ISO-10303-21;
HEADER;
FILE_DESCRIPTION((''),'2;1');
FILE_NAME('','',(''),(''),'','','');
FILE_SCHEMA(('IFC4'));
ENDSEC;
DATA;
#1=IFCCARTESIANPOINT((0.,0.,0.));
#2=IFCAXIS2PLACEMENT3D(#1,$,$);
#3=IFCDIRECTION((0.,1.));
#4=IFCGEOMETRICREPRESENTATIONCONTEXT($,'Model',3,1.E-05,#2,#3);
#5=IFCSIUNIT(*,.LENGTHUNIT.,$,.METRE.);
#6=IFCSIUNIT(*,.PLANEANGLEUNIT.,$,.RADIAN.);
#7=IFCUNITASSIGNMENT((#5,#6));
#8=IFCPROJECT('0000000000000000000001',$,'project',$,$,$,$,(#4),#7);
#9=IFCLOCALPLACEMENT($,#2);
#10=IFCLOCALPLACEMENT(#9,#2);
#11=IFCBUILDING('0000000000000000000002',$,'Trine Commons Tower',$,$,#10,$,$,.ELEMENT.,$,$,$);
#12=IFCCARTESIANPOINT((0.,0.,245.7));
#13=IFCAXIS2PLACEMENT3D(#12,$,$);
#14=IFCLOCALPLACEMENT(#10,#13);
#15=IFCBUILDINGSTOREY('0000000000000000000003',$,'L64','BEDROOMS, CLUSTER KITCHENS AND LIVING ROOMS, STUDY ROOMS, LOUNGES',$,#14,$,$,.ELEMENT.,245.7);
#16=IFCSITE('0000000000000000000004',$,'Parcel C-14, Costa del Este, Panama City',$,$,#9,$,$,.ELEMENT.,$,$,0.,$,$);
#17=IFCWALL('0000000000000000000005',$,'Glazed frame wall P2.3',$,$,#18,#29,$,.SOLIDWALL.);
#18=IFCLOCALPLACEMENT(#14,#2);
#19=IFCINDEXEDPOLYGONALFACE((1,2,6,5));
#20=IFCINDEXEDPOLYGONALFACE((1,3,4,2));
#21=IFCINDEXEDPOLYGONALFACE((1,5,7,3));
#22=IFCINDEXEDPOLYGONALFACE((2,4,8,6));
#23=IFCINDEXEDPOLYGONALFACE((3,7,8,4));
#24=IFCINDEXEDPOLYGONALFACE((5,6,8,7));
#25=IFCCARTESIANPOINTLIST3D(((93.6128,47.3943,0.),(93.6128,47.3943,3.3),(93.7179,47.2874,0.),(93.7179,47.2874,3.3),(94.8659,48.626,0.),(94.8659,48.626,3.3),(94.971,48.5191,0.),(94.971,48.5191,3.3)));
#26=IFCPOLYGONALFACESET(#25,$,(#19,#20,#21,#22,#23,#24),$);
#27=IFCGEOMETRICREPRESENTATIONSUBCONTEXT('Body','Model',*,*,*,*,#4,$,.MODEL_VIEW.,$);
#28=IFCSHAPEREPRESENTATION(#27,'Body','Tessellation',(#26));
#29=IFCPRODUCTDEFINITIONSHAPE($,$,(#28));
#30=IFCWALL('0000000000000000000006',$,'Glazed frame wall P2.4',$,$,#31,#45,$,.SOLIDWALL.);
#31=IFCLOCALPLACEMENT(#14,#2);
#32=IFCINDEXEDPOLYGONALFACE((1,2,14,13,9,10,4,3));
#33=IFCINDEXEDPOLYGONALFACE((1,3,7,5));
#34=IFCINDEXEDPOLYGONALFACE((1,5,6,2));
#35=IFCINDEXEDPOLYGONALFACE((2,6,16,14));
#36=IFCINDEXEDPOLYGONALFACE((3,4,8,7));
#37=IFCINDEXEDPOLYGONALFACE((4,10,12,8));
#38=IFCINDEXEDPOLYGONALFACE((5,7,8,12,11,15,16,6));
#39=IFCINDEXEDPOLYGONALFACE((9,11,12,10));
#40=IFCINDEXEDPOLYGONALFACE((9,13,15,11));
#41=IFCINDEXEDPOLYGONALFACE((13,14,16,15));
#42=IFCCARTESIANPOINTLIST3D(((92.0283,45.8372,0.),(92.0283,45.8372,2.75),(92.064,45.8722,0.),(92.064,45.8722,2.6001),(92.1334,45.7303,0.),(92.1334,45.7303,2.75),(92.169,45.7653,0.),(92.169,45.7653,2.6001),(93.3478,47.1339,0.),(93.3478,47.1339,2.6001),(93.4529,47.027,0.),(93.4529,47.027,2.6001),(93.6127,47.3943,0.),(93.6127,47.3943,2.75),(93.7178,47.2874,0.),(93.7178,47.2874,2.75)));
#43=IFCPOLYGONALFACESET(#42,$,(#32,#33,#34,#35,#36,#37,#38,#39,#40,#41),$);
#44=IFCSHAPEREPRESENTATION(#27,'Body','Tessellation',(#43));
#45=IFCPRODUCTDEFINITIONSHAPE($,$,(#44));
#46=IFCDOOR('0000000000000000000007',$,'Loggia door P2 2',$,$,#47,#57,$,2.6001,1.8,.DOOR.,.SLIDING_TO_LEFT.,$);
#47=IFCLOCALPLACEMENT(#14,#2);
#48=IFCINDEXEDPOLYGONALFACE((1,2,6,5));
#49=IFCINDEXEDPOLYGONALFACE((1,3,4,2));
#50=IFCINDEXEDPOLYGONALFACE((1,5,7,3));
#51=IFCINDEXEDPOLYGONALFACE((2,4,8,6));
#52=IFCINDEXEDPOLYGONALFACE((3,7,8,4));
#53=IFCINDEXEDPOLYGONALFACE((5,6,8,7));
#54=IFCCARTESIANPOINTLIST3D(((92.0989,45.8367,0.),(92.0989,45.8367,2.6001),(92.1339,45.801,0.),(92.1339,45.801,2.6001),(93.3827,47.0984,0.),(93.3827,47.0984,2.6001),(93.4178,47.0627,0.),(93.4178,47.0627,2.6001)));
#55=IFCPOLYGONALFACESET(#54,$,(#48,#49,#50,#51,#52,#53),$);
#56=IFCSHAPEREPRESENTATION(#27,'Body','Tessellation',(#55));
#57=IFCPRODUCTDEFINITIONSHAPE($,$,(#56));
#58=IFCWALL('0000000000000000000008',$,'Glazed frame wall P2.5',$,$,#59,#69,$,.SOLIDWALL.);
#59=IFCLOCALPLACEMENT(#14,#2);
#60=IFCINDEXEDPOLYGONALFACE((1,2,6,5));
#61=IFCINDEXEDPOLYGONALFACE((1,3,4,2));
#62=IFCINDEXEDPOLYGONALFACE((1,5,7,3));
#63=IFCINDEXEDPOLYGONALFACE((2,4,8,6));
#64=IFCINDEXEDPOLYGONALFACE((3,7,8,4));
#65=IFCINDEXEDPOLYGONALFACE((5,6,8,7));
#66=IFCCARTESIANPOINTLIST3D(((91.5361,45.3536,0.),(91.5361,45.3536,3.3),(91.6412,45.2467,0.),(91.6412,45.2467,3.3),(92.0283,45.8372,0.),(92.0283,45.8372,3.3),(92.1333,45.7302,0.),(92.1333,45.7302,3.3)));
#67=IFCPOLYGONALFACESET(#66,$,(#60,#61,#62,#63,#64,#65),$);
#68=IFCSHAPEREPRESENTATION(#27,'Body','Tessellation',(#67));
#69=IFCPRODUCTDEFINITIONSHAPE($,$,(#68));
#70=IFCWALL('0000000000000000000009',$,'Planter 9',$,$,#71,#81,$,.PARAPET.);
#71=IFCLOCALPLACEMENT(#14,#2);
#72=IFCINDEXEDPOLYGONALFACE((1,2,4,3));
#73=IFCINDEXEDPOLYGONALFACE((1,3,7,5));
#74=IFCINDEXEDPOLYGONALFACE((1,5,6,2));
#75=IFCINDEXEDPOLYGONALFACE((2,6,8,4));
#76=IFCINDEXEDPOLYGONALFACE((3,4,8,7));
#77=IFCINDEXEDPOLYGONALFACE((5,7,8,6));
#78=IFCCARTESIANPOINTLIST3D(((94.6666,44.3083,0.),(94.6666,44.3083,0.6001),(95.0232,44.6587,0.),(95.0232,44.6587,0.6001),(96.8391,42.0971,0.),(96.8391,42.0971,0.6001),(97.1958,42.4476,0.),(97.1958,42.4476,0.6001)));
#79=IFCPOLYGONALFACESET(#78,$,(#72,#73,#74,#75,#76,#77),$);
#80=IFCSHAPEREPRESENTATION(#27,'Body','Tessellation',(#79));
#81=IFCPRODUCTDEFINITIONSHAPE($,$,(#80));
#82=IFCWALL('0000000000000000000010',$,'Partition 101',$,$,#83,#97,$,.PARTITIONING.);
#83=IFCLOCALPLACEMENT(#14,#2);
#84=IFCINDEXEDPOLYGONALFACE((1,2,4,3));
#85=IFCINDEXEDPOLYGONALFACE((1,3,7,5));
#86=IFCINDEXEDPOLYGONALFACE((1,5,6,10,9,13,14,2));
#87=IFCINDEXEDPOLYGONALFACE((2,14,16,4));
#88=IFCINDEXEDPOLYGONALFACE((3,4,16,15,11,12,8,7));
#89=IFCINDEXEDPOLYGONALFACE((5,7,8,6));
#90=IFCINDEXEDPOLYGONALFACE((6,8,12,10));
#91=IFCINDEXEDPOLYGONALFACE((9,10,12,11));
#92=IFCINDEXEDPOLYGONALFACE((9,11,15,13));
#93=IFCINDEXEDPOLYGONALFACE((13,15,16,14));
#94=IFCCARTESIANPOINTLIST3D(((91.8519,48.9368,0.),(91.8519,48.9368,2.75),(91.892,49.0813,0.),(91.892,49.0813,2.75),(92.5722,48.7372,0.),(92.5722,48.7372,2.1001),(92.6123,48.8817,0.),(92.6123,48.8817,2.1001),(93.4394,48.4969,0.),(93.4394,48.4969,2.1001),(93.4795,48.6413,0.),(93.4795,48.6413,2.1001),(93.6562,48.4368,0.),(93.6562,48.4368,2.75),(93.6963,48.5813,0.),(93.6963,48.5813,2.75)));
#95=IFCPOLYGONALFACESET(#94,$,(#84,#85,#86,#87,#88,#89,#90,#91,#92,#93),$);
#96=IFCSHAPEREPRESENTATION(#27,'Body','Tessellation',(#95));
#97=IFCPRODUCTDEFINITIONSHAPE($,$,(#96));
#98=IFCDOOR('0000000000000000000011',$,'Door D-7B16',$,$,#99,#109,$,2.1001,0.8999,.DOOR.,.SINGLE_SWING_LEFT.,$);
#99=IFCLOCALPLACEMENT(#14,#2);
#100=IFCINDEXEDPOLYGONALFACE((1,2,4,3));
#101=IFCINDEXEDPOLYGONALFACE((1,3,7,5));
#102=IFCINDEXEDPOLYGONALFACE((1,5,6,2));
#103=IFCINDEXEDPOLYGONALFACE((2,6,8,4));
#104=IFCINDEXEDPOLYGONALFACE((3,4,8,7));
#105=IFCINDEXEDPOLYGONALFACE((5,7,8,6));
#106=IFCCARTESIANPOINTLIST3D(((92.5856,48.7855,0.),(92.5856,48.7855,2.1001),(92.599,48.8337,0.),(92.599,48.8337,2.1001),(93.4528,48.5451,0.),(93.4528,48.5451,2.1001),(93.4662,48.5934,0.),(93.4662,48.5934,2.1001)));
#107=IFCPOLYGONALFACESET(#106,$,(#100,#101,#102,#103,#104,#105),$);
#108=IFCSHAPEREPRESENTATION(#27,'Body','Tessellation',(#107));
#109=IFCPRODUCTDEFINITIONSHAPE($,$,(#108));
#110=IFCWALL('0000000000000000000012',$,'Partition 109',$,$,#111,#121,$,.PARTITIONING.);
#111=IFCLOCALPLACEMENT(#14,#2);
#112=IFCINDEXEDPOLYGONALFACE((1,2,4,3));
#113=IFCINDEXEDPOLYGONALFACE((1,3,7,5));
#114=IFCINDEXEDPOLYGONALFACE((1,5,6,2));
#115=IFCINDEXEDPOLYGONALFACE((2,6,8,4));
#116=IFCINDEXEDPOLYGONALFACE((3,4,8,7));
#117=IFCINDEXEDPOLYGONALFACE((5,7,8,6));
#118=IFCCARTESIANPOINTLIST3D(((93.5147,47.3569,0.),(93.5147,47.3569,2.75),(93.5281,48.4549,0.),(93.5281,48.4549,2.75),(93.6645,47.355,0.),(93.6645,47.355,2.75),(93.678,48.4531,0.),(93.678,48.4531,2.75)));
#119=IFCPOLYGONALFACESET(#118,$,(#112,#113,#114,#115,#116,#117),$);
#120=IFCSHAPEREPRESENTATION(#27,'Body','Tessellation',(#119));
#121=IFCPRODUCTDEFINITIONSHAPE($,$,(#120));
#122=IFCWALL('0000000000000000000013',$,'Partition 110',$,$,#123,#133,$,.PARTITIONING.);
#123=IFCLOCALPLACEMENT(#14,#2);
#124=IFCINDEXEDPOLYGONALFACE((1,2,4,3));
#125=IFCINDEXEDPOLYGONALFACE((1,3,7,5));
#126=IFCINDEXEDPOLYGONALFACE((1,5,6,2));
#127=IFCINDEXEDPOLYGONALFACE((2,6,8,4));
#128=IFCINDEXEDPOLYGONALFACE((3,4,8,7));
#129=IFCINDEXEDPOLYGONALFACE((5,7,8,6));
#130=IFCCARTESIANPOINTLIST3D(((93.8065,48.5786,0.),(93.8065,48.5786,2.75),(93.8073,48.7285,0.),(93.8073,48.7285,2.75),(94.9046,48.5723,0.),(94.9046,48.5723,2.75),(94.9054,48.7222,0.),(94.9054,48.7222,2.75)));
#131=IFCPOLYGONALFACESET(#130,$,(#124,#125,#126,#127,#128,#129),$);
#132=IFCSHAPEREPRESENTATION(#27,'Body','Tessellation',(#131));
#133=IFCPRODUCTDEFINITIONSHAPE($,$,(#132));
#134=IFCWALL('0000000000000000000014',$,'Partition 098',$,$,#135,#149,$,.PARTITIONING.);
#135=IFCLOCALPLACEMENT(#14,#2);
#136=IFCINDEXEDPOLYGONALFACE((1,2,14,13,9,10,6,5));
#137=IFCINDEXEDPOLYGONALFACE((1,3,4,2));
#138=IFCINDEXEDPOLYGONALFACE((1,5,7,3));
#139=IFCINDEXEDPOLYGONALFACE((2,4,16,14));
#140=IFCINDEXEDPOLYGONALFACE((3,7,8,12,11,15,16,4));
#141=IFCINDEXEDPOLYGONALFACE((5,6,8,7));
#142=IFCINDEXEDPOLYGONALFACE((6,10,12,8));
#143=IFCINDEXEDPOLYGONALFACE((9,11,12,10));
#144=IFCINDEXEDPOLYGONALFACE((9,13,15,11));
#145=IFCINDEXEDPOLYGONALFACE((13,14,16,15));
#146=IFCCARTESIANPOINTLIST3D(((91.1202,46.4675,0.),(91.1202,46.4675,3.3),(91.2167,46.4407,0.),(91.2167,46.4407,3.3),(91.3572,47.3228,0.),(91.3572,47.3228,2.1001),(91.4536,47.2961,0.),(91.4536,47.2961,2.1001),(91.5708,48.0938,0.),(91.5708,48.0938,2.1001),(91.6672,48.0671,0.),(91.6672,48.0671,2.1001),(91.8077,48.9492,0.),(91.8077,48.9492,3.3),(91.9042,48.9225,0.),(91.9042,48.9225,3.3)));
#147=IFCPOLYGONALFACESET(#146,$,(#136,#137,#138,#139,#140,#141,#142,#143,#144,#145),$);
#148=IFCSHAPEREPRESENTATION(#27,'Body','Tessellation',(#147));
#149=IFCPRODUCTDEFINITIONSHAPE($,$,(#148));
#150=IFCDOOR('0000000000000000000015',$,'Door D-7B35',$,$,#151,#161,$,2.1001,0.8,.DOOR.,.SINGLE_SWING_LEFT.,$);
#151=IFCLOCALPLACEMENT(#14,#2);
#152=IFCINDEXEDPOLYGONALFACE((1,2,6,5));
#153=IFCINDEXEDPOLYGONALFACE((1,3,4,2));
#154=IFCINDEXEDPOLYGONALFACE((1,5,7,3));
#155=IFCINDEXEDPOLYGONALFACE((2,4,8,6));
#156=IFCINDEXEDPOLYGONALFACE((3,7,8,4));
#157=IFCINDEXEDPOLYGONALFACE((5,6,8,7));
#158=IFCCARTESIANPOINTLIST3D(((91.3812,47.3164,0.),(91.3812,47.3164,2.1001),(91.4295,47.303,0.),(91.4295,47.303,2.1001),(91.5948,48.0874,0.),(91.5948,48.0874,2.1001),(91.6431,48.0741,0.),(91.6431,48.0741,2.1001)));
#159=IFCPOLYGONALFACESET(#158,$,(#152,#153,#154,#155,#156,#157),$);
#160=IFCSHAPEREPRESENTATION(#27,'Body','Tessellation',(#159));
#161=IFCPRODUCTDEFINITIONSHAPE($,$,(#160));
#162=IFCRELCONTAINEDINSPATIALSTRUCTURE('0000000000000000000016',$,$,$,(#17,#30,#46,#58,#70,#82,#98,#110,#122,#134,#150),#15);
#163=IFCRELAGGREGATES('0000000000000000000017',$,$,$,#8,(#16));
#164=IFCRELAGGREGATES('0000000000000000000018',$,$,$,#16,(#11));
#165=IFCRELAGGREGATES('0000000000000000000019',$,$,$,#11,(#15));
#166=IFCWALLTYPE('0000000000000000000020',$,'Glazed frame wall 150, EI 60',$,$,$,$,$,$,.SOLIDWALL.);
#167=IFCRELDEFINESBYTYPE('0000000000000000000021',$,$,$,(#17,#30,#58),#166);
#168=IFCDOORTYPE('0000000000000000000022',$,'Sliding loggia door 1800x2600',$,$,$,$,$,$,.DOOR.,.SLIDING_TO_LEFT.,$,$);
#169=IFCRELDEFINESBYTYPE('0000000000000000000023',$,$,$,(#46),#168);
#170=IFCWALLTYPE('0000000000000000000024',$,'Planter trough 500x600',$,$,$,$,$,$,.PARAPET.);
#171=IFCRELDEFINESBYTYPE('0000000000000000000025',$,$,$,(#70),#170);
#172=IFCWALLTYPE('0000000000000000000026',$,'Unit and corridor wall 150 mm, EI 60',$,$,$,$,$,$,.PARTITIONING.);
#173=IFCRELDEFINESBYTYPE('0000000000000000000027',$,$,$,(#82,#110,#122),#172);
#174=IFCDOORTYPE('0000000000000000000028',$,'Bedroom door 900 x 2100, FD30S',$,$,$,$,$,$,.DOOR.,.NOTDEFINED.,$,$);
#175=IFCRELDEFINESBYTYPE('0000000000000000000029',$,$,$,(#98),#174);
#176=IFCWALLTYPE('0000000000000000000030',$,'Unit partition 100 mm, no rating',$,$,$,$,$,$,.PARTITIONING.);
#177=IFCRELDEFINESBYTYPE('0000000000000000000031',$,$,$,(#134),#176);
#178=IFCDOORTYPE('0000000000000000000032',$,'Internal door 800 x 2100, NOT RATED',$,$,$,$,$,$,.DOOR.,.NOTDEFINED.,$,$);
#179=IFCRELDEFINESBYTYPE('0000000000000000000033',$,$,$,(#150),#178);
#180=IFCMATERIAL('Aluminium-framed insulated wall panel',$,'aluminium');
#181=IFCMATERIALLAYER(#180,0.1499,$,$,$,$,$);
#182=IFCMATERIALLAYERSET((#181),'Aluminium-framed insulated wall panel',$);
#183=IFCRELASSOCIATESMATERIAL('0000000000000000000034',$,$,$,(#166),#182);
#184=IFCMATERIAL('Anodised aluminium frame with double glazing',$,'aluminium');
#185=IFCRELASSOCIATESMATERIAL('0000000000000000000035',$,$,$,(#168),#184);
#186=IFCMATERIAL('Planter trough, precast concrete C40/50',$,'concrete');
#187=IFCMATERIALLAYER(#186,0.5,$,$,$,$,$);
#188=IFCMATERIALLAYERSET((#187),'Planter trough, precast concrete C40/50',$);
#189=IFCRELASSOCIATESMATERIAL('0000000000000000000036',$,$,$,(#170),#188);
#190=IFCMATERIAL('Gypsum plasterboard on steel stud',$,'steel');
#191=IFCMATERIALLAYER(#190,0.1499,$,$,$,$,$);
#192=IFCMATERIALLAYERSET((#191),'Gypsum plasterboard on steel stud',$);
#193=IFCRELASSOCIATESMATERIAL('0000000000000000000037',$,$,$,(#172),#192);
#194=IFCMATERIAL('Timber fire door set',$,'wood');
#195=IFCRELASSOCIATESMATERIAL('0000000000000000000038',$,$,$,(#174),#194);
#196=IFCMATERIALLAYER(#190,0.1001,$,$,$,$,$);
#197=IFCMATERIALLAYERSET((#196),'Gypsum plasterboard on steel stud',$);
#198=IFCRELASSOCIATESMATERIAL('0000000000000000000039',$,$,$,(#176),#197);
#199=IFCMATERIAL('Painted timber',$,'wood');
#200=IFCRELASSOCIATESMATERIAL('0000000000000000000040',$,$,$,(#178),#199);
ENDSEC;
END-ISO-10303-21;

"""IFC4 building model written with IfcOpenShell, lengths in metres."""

from ifc_helpers import new_model, si_unit, direction, frame, frame_2d, origin, place, context, subcontext, project, spatial, polyline, rectangle, outline, extrude, material, layer, layer_set, type_object, element, fill, save


model = new_model("IFC4")

# Units and contexts
model_context = context("Model", 3, precision=1e-05, world=origin(), true_north=direction((0.0, 1.0)))
body_context = subcontext(model_context, "Body", "Model", "MODEL_VIEW")
ifc_project = project(units=[si_unit("LENGTHUNIT", "METRE"), si_unit("PLANEANGLEUNIT", "RADIAN")], contexts=[model_context])

# Site, building, storey
site_placement = place(None, origin())
site = spatial("IfcSite", under=ifc_project, at=site_placement, Name="Parcel C-14, Costa del Este, Panama City", CompositionType="ELEMENT", RefElevation=0.0)
building_placement = place(site_placement, origin())
building = spatial("IfcBuilding", under=site, at=building_placement, Name="Trine Commons Tower", CompositionType="ELEMENT")
storey_placement = place(building_placement, frame((0.0, 0.0, 245.7)))
storey = spatial("IfcBuildingStorey", under=building, at=storey_placement, Name="L64", Description="BEDROOMS, CLUSTER KITCHENS AND LIVING ROOMS, STUDY ROOMS, LOUNGES", CompositionType="ELEMENT", Elevation=245.7)

# Wall
ifc_material_1 = material(Name="Aluminium-framed insulated wall panel", Category="aluminium")
ifc_layer_1 = layer(ifc_material_1, 0.1499)
ifc_layer_set_1 = layer_set([ifc_layer_1], Name="Aluminium-framed insulated wall panel")
wall_type_1 = type_object("IfcWallType", Name="Glazed frame wall 150, EI 60", PredefinedType="SOLIDWALL", material=ifc_layer_set_1)
wall_1_placement = place(storey_placement, frame((94.9185, 48.5725, 0.0), z_axis=(0.0, 0.0, 1.0), x_axis=(-0.713194, -0.700967, 0.0)))
element("IfcWall", 1, at=wall_1_placement, inside=storey, type_object=wall_type_1, Name="Glazed frame wall P2.3", PredefinedType="SOLIDWALL", context=body_context, shape_type="SweptSolid", body=[
    extrude(outline(polyline([(0.0, -0.075), (1.7571, -0.075), (1.7571, 0.075), (0.0, 0.075), (0.0, -0.075)])), origin(), (0.0, 0.0, 1.0), 3.3),
])

# Wall, opening, door
wall_2_placement = place(storey_placement, frame((93.6653, 47.3408, 0.0), z_axis=(0.0, 0.0, 1.0), x_axis=(-0.713234, -0.700926, 0.0)))
wall_2 = element("IfcWall", 2, at=wall_2_placement, inside=storey, type_object=wall_type_1, Name="Glazed frame wall P2.4", PredefinedType="SOLIDWALL", context=body_context, shape_type="SweptSolid", body=[
    extrude(outline(polyline([(0.0, -0.075), (2.2214, -0.075), (2.2214, 0.075), (0.0, 0.075), (0.0, -0.075)])), origin(), (0.0, 0.0, 1.0), 2.75),
])
opening_1_placement = place(wall_2_placement, frame((0.3716, 0.0, 0.0)))
opening_1 = element("IfcOpeningElement", 3, at=opening_1_placement, cuts=wall_2, PredefinedType="OPENING", context=body_context, shape_type="SweptSolid", body=[
    extrude(rectangle(XDim=1.8, YDim=2.6001, at=frame_2d((0.8999, 1.3))), frame((0.0, 0.085, 0.0), z_axis=(0.0, -1.0, 0.0), x_axis=(1.0, 0.0, 0.0)), (0.0, 0.0, 1.0), 0.1699),
])
ifc_material_2 = material(Name="Anodised aluminium frame with double glazing", Category="aluminium")
door_type_1 = type_object("IfcDoorType", Name="Sliding loggia door 1800x2600", OperationType="SLIDING_TO_LEFT", PredefinedType="DOOR", material=ifc_material_2)
door_1_placement = place(opening_1_placement, origin())
door_1 = element("IfcDoor", 4, at=door_1_placement, inside=storey, type_object=door_type_1, Name="Loggia door P2 2", OperationType="SLIDING_TO_LEFT", OverallHeight=2.6001, OverallWidth=1.8, PredefinedType="DOOR", context=body_context, shape_type="SweptSolid", body=[
    extrude(rectangle(XDim=1.8, YDim=2.6001, at=frame_2d((0.8999, 1.3))), frame((0.0, 0.0249, 0.0), z_axis=(0.0, -1.0, 0.0), x_axis=(1.0, 0.0, 0.0)), (0.0, 0.0, 1.0), 0.05),
])
fill(opening_1, door_1)

# Wall
wall_3_placement = place(storey_placement, frame((92.0808, 45.7837, 0.0), z_axis=(0.0, 0.0, 1.0), x_axis=(-0.713334, -0.700824, 0.0)))
element("IfcWall", 5, at=wall_3_placement, inside=storey, type_object=wall_type_1, Name="Glazed frame wall P2.5", PredefinedType="SOLIDWALL", context=body_context, shape_type="SweptSolid", body=[
    extrude(outline(polyline([(0.6899, 0.075), (0.0, 0.075), (0.0, -0.075), (0.6899, -0.075), (0.6899, 0.075)])), origin(), (0.0, 0.0, 1.0), 3.3),
])

# Wall
ifc_material_3 = material(Name="Planter trough, precast concrete C40/50", Category="concrete")
ifc_layer_2 = layer(ifc_material_3, 0.5)
ifc_layer_set_2 = layer_set([ifc_layer_2], Name="Planter trough, precast concrete C40/50")
wall_type_2 = type_object("IfcWallType", Name="Planter trough 500x600", PredefinedType="PARAPET", material=ifc_layer_set_2)
wall_4_placement = place(storey_placement, frame((94.845, 44.4834, 0.0), z_axis=(0.0, 0.0, 1.0), x_axis=(0.700858, -0.713301, 0.0)))
element("IfcWall", 6, at=wall_4_placement, inside=storey, type_object=wall_type_2, Name="Planter 9", PredefinedType="PARAPET", context=body_context, shape_type="SweptSolid", body=[
    extrude(rectangle(XDim=3.0999, YDim=0.5, at=frame_2d((1.5498, 0.0))), origin(), (0.0, 0.0, 1.0), 0.6001),
])

# Wall, opening, door
ifc_material_4 = material(Name="Gypsum plasterboard on steel stud", Category="steel")
ifc_layer_3 = layer(ifc_material_4, 0.1499)
ifc_layer_set_3 = layer_set([ifc_layer_3], Name="Gypsum plasterboard on steel stud")
wall_type_3 = type_object("IfcWallType", Name="Unit and corridor wall 150 mm, EI 60", PredefinedType="PARTITIONING", material=ifc_layer_set_3)
wall_5_placement = place(storey_placement, frame((91.8721, 49.009, 0.0), z_axis=(0.0, 0.0, 1.0), x_axis=(0.963678, -0.267065, 0.0)))
wall_5 = element("IfcWall", 7, at=wall_5_placement, inside=storey, type_object=wall_type_3, Name="Partition 101", PredefinedType="PARTITIONING", context=body_context, shape_type="SweptSolid", body=[
    extrude(rectangle(XDim=1.8723, YDim=0.1499, at=frame_2d((0.936, 0.0))), origin(), (0.0, 0.0, 1.0), 2.75),
])
opening_2_placement = place(wall_5_placement, frame((0.7473, 0.0, 0.0)))
opening_2 = element("IfcOpeningElement", 8, at=opening_2_placement, cuts=wall_5, PredefinedType="OPENING", context=body_context, shape_type="SweptSolid", body=[
    extrude(rectangle(XDim=0.8999, YDim=2.1001, at=frame_2d((0.45, 1.05))), frame((0.0, 0.085, 0.0), z_axis=(0.0, -1.0, 0.0), x_axis=(1.0, 0.0, 0.0)), (0.0, 0.0, 1.0), 0.1699),
])
ifc_material_5 = material(Name="Timber fire door set", Category="wood")
door_type_2 = type_object("IfcDoorType", Name="Bedroom door 900 x 2100, FD30S", OperationType="NOTDEFINED", PredefinedType="DOOR", material=ifc_material_5)
door_2_placement = place(opening_2_placement, frame((0.8999, 0.0, 0.0), z_axis=(0.0, 0.0, 1.0), x_axis=(-1.0, 0.0, 0.0)))
door_2 = element("IfcDoor", 9, at=door_2_placement, inside=storey, type_object=door_type_2, Name="Door D-7B16", OperationType="SINGLE_SWING_LEFT", OverallHeight=2.1001, OverallWidth=0.8999, PredefinedType="DOOR", context=body_context, shape_type="SweptSolid", body=[
    extrude(rectangle(XDim=0.8999, YDim=2.1001, at=frame_2d((0.45, 1.05))), frame((0.0, 0.0249, 0.0), z_axis=(0.0, -1.0, 0.0), x_axis=(1.0, 0.0, 0.0)), (0.0, 0.0, 1.0), 0.05),
])
fill(opening_2, door_2)

# Walls
for number, where, z_axis, x_axis, name in (
    (10, (93.5896, 47.356, 0.0), (0.0, 0.0, 1.0), (0.012227, 0.999925, 0.0), "Partition 109"),
    (11, (93.8069, 48.6536, 0.0), (0.0, 0.0, 1.0), (0.999983, -0.00578, 0.0), "Partition 110"),
):
    element("IfcWall", number, at=place(storey_placement, frame(where, z_axis=z_axis, x_axis=x_axis)), inside=storey, type_object=wall_type_3, Name=name, PredefinedType="PARTITIONING", context=body_context, shape_type="SweptSolid", body=[
        extrude(rectangle(XDim=1.0981, YDim=0.1499, at=frame_2d((0.5491, 0.0))), origin(), (0.0, 0.0, 1.0), 2.75),
    ])

# Wall, opening, door
ifc_layer_4 = layer(ifc_material_4, 0.1001)
ifc_layer_set_4 = layer_set([ifc_layer_4], Name="Gypsum plasterboard on steel stud")
wall_type_4 = type_object("IfcWallType", Name="Unit partition 100 mm, no rating", PredefinedType="PARTITIONING", material=ifc_layer_set_4)
wall_6_placement = place(storey_placement, frame((91.1685, 46.4541, 0.0), z_axis=(0.0, 0.0, 1.0), x_axis=(0.266974, 0.963704, 0.0)))
wall_6 = element("IfcWall", 12, at=wall_6_placement, inside=storey, type_object=wall_type_4, Name="Partition 098", PredefinedType="PARTITIONING", context=body_context, shape_type="SweptSolid", body=[
    extrude(rectangle(XDim=2.5752, YDim=0.1001, at=frame_2d((1.2876, 0.0))), origin(), (0.0, 0.0, 1.0), 3.3),
])
opening_3_placement = place(wall_6_placement, frame((0.8877, 0.0, 0.0)))
opening_3 = element("IfcOpeningElement", 13, at=opening_3_placement, cuts=wall_6, PredefinedType="OPENING", context=body_context, shape_type="SweptSolid", body=[
    extrude(rectangle(XDim=0.8, YDim=2.1001, at=frame_2d((0.3999, 1.05))), frame((0.0, 0.0601, 0.0), z_axis=(0.0, -1.0, 0.0), x_axis=(1.0, 0.0, 0.0)), (0.0, 0.0, 1.0), 0.1201),
])
ifc_material_6 = material(Name="Painted timber", Category="wood")
door_type_3 = type_object("IfcDoorType", Name="Internal door 800 x 2100, NOT RATED", OperationType="NOTDEFINED", PredefinedType="DOOR", material=ifc_material_6)
door_3_placement = place(opening_3_placement, frame((0.8, 0.0, 0.0), z_axis=(0.0, 0.0, 1.0), x_axis=(-1.0, 0.0, 0.0)))
door_3 = element("IfcDoor", 14, at=door_3_placement, inside=storey, type_object=door_type_3, Name="Door D-7B35", OperationType="SINGLE_SWING_LEFT", OverallHeight=2.1001, OverallWidth=0.8, PredefinedType="DOOR", context=body_context, shape_type="SweptSolid", body=[
    extrude(rectangle(XDim=0.8, YDim=2.1001, at=frame_2d((0.3999, 1.05))), frame((0.0, 0.0249, 0.0), z_axis=(0.0, -1.0, 0.0), x_axis=(1.0, 0.0, 0.0)), (0.0, 0.0, 1.0), 0.05),
])
fill(opening_3, door_3)

save(model, "model.ifc")
